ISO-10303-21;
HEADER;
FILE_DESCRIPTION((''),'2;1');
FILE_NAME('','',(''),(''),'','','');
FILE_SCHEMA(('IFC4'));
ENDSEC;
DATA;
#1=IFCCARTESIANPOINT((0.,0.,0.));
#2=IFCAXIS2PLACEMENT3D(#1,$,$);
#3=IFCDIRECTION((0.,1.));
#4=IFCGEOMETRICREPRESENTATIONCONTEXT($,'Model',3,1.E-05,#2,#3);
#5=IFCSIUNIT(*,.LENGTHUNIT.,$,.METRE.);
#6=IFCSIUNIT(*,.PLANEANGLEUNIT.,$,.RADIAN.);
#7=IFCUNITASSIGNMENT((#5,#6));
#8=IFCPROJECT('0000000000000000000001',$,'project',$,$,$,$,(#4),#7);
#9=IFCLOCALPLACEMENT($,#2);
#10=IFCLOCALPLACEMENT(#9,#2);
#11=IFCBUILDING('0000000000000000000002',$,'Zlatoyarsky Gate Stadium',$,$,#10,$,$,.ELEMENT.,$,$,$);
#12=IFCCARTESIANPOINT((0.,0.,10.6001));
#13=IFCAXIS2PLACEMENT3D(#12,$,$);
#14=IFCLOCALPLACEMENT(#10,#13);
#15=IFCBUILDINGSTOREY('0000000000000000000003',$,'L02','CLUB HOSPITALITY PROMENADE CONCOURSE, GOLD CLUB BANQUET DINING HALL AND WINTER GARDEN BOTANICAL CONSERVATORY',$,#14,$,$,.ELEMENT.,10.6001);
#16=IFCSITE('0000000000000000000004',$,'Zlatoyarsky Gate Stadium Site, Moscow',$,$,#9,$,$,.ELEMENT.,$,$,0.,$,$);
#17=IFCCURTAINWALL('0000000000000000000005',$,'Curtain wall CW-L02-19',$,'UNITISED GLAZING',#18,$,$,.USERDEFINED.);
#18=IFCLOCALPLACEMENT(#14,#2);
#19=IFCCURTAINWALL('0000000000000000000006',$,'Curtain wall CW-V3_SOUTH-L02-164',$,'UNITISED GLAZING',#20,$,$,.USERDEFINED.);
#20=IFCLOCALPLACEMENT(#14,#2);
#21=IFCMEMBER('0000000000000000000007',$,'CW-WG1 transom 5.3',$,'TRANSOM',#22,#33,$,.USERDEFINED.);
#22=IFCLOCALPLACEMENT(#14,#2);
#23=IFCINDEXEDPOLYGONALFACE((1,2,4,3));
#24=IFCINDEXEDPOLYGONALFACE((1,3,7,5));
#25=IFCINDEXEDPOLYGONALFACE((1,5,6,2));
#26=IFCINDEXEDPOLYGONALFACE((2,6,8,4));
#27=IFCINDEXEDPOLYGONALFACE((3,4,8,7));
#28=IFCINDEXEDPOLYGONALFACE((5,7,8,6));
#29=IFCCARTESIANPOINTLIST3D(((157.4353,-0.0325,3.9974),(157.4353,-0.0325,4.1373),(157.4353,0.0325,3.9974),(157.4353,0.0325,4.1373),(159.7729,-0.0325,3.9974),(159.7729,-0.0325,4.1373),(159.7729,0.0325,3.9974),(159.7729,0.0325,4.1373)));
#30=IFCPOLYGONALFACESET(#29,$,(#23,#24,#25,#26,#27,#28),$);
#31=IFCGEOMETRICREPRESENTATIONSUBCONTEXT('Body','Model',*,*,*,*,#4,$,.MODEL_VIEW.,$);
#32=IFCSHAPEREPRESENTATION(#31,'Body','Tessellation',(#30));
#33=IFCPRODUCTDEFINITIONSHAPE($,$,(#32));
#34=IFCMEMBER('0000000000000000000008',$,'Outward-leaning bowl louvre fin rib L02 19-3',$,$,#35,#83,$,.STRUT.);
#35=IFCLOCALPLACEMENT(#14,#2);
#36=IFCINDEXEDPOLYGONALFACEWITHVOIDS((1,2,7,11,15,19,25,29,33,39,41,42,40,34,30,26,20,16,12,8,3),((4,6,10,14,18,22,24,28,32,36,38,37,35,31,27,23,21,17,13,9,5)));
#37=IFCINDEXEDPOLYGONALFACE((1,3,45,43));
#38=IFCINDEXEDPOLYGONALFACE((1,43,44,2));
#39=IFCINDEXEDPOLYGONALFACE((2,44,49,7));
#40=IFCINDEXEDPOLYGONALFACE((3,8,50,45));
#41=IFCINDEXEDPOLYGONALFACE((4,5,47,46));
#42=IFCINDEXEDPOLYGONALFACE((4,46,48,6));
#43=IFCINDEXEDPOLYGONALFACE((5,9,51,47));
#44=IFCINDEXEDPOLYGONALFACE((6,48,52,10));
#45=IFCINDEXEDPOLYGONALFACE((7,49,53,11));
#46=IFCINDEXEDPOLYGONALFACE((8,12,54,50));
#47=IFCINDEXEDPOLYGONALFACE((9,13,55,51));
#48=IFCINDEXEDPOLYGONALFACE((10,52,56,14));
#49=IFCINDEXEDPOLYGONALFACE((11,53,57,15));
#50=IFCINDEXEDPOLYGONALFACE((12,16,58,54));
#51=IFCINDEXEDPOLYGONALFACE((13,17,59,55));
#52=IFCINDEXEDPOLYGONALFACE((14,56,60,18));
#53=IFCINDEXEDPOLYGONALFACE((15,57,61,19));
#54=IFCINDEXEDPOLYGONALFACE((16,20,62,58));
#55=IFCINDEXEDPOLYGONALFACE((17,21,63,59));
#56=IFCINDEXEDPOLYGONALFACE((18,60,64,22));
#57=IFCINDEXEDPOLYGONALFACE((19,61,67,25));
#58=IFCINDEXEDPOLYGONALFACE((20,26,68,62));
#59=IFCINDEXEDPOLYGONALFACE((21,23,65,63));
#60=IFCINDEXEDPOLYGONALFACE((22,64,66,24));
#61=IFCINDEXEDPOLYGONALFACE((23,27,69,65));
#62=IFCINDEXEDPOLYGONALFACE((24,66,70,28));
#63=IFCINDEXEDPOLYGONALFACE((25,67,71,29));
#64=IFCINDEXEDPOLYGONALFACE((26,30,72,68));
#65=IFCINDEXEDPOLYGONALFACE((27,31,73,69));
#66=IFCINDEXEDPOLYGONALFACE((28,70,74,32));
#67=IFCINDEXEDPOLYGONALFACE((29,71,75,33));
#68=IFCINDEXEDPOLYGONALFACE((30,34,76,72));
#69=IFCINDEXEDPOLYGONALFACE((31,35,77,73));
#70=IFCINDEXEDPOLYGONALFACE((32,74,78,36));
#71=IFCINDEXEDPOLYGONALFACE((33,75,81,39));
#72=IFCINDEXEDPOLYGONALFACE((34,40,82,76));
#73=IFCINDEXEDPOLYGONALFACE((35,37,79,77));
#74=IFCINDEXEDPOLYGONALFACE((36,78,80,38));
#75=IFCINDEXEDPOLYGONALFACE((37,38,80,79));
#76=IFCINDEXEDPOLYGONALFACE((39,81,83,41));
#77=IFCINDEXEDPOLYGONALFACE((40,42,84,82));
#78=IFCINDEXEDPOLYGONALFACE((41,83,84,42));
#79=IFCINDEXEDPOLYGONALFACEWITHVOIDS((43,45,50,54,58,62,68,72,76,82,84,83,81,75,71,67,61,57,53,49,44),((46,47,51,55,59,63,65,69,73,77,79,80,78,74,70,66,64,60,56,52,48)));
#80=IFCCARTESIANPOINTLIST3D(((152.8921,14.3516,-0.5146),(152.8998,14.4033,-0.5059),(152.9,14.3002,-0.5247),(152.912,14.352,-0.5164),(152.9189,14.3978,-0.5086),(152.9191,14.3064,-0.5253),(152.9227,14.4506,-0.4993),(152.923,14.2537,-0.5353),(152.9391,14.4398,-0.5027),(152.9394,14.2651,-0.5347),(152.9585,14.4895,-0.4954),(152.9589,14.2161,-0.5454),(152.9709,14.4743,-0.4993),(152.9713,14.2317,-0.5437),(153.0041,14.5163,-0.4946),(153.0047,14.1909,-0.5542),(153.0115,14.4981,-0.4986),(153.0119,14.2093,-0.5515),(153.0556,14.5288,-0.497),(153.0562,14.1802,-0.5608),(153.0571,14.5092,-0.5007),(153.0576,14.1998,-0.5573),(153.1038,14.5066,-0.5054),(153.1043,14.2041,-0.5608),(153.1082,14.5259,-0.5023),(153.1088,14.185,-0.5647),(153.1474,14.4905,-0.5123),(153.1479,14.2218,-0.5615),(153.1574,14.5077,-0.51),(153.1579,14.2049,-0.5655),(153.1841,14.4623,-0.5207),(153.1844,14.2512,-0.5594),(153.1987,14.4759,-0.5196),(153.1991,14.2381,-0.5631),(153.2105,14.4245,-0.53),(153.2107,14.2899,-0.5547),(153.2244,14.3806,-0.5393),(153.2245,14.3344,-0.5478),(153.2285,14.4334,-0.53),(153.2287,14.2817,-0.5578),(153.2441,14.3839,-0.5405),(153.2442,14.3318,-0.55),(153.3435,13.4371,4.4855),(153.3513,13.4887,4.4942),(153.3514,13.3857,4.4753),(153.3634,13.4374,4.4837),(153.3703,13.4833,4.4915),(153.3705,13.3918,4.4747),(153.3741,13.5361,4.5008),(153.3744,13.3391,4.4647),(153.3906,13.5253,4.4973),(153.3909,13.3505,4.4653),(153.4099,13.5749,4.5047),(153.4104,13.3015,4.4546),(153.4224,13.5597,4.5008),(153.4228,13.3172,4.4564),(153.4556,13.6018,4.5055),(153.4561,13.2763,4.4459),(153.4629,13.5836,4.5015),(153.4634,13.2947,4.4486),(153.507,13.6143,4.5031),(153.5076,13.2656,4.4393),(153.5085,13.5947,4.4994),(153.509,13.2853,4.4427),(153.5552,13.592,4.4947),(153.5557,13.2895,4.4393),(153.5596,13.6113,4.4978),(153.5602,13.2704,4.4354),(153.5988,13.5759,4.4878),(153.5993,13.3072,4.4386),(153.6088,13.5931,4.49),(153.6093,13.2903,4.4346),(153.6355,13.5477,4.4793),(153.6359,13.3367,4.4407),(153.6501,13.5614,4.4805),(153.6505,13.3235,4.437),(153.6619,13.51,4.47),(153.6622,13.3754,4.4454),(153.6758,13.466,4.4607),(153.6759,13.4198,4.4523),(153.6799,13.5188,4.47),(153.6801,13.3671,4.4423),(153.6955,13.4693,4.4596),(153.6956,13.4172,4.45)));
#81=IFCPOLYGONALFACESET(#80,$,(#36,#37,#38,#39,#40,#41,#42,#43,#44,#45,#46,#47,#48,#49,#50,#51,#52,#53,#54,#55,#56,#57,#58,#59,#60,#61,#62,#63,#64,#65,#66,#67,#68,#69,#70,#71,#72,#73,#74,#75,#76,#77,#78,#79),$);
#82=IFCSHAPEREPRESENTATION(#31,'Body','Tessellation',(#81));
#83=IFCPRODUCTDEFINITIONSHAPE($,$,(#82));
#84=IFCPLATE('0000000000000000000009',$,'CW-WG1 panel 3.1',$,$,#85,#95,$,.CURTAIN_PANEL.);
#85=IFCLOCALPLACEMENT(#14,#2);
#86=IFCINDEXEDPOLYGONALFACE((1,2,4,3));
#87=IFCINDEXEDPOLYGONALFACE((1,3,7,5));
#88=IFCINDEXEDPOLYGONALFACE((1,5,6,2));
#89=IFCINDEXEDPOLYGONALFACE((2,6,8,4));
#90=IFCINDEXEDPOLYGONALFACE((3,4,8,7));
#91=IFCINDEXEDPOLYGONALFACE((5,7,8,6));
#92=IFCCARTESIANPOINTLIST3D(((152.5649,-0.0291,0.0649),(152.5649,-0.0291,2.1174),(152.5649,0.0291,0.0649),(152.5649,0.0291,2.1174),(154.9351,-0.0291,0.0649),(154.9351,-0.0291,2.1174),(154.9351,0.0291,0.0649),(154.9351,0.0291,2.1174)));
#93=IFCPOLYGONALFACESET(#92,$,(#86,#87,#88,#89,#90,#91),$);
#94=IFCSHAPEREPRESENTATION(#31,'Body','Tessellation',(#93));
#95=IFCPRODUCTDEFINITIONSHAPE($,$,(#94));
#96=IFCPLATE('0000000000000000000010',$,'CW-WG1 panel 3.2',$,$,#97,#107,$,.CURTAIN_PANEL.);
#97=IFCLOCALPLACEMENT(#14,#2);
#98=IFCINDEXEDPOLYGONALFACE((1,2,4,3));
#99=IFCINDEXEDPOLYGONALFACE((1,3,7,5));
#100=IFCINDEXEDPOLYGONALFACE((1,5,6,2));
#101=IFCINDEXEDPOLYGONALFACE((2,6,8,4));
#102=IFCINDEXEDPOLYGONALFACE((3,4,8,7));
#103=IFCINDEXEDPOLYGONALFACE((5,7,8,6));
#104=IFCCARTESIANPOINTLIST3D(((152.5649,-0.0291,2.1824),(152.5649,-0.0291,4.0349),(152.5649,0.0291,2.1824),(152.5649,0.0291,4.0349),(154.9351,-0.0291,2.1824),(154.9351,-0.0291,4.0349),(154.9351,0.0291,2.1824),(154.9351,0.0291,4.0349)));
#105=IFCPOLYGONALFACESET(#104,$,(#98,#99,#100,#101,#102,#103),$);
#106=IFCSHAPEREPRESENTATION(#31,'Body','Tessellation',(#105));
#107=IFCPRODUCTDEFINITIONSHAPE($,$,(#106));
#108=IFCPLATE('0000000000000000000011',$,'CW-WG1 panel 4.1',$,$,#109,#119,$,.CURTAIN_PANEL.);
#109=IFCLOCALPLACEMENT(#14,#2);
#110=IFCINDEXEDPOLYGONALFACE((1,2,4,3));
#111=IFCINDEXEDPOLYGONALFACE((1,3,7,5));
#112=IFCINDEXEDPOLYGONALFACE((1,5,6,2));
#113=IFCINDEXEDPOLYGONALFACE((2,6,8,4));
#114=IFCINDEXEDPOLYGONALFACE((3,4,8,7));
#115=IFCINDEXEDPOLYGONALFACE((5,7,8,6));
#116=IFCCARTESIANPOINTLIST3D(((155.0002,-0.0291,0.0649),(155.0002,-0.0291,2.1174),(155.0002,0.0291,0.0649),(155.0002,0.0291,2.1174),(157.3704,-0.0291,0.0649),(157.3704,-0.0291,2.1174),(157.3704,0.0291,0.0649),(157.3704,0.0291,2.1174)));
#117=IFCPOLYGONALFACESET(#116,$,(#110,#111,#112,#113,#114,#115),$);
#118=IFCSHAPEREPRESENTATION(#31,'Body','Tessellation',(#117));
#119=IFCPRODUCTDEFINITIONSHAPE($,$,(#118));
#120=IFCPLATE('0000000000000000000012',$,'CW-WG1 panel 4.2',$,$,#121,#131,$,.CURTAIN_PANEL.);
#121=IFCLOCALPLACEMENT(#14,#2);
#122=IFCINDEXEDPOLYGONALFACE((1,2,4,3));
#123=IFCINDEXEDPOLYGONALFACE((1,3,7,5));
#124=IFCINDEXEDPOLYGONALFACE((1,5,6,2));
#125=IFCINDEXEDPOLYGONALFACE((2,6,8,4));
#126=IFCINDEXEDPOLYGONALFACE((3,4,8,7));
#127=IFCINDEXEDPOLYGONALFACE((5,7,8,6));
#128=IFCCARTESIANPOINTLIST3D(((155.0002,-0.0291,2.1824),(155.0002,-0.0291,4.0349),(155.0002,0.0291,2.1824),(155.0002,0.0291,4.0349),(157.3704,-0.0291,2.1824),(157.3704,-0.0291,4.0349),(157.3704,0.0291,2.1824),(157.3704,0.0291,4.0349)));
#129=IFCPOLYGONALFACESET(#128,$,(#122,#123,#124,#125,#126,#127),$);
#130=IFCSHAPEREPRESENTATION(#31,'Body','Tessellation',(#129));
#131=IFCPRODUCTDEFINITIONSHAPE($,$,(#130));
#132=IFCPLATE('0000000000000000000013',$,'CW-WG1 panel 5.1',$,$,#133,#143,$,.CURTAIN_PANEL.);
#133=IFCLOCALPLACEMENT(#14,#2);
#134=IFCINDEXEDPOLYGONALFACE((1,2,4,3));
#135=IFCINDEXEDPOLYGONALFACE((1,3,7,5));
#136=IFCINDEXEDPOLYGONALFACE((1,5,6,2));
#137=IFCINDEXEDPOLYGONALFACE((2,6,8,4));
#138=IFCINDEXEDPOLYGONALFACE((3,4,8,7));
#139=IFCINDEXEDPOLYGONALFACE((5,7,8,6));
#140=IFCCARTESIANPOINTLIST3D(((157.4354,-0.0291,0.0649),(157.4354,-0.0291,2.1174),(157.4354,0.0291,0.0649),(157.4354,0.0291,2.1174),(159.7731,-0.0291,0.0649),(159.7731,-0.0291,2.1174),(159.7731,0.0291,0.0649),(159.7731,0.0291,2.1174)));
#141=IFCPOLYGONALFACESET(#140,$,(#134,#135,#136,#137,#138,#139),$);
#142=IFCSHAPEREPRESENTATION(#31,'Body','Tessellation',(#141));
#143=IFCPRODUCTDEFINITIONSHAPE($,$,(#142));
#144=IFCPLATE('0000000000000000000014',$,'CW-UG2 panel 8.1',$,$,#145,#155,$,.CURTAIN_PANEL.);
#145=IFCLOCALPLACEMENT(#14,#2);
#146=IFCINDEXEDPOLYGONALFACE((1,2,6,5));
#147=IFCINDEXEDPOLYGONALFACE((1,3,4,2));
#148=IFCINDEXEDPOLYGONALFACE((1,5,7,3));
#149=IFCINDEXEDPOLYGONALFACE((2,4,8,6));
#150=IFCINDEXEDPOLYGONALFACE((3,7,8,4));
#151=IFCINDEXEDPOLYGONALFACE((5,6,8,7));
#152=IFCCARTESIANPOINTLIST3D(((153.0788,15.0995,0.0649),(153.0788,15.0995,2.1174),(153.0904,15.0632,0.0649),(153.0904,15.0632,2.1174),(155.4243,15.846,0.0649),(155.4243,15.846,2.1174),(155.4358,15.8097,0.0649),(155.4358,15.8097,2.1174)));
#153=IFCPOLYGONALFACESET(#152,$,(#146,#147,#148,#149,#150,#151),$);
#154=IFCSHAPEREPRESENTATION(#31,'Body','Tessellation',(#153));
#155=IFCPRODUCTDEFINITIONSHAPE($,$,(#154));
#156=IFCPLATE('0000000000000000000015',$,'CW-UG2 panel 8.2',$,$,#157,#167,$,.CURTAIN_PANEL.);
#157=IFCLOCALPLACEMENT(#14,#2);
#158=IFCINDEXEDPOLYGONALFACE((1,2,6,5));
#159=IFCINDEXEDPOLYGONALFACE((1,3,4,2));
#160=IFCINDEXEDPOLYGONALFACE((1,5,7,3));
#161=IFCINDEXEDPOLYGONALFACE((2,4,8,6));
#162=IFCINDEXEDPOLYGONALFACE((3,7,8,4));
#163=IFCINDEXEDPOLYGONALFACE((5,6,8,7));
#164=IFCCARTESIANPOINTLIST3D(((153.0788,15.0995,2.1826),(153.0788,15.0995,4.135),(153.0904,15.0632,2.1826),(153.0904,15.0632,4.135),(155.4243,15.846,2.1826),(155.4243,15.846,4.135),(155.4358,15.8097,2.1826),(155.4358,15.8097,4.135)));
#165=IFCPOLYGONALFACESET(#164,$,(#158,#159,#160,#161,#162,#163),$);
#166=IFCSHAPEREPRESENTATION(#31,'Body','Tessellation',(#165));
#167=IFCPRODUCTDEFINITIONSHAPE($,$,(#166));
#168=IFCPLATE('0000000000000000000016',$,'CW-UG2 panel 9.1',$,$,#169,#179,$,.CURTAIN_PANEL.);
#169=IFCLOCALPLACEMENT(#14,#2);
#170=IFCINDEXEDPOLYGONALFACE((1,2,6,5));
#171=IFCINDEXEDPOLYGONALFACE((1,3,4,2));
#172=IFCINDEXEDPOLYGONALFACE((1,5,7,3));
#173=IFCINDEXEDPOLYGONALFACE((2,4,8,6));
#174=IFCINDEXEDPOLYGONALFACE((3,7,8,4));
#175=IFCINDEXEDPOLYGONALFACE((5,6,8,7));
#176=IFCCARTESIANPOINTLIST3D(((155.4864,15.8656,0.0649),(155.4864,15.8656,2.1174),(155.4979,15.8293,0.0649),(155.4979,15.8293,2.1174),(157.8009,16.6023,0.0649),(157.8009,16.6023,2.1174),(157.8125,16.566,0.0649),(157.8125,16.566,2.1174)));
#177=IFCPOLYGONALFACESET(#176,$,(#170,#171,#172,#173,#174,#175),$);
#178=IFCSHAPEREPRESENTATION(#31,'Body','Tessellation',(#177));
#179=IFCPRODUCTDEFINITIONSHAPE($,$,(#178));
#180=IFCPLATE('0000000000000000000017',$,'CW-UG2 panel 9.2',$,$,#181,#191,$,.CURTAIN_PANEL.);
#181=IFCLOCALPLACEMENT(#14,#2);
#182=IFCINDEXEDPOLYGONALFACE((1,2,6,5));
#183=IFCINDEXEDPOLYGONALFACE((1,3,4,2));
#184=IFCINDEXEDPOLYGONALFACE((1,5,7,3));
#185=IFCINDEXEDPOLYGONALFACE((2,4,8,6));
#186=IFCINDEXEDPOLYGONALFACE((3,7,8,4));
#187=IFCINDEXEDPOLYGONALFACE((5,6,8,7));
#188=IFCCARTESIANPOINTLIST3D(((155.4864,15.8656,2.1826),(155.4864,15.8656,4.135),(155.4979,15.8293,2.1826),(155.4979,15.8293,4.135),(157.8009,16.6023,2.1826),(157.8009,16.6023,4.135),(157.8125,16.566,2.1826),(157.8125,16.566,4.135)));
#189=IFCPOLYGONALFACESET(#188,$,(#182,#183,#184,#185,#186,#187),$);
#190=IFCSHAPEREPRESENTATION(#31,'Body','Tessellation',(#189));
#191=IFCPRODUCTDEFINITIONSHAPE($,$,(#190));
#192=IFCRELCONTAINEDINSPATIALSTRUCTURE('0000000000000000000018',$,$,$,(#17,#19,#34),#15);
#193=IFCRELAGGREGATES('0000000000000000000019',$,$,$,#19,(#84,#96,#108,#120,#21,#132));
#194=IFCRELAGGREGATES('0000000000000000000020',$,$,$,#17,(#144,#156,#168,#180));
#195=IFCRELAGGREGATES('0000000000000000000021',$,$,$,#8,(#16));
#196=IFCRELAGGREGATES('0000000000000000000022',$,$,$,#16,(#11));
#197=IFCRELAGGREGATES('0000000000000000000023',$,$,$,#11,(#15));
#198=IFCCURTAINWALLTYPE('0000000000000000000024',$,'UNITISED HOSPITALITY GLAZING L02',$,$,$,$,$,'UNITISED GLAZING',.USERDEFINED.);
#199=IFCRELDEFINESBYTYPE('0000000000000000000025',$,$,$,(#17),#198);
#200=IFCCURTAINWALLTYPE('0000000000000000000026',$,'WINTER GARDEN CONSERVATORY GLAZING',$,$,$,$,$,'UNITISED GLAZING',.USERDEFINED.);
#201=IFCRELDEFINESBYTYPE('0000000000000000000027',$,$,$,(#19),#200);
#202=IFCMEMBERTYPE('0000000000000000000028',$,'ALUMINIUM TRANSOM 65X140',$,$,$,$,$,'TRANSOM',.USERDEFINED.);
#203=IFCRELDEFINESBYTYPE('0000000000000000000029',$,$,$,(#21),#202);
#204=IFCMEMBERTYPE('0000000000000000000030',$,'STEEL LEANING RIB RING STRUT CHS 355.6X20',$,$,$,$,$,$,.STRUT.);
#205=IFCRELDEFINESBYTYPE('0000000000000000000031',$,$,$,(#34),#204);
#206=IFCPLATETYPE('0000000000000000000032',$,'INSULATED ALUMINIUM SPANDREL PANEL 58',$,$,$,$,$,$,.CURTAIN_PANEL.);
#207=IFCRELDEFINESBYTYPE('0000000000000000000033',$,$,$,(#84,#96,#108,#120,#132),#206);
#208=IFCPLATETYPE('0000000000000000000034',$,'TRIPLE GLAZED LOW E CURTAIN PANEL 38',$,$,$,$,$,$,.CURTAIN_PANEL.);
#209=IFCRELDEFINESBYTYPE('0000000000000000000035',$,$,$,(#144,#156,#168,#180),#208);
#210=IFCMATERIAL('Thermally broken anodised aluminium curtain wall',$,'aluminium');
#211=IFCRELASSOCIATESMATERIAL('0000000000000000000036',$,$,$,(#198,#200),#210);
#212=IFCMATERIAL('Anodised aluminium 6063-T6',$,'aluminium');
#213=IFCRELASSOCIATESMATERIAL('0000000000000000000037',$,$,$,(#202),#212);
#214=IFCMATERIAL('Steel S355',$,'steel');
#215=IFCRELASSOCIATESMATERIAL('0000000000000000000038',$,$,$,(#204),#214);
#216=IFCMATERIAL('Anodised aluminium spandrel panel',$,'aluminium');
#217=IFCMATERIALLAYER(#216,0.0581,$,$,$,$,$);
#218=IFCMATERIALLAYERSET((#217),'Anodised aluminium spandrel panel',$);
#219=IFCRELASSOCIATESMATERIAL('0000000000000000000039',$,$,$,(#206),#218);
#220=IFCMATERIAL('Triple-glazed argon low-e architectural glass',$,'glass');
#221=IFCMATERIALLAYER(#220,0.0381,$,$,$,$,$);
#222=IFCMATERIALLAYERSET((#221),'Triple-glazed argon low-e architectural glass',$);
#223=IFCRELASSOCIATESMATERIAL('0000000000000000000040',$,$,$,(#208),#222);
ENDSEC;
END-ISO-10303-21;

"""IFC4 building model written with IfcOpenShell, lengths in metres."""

from ifc_helpers import new_model, si_unit, direction, frame, origin, origin_2d, place, context, subcontext, project, spatial, rectangle, hollow_circle, extrude, material, layer, layer_set, material_profile, profile_set, type_object, element, aggregate, save


model = new_model("IFC4")

# Units and contexts
model_context = context("Model", 3, precision=1e-05, world=origin(), true_north=direction((0.0, 1.0)))
body_context = subcontext(model_context, "Body", "Model", "MODEL_VIEW")
ifc_project = project(units=[si_unit("LENGTHUNIT", "METRE"), si_unit("PLANEANGLEUNIT", "RADIAN")], contexts=[model_context])

# Site, building, storey
site_placement = place(None, origin())
site = spatial("IfcSite", under=ifc_project, at=site_placement, Name="Zlatoyarsky Gate Stadium Site, Moscow", CompositionType="ELEMENT", RefElevation=0.0)
building_placement = place(site_placement, origin())
building = spatial("IfcBuilding", under=site, at=building_placement, Name="Zlatoyarsky Gate Stadium", CompositionType="ELEMENT")
storey_placement = place(building_placement, frame((0.0, 0.0, 10.6001)))
storey = spatial("IfcBuildingStorey", under=building, at=storey_placement, Name="L02", Description="CLUB HOSPITALITY PROMENADE CONCOURSE, GOLD CLUB BANQUET DINING HALL AND WINTER GARDEN BOTANICAL CONSERVATORY", CompositionType="ELEMENT", Elevation=10.6001)

# Curtain wall
ifc_material_1 = material(Name="Thermally broken anodised aluminium curtain wall", Category="aluminium")
curtain_wall_type_1 = type_object("IfcCurtainWallType", Name="UNITISED HOSPITALITY GLAZING L02", ElementType="UNITISED GLAZING", PredefinedType="USERDEFINED", material=ifc_material_1)
curtain_wall_1_placement = place(storey_placement, origin())
curtain_wall_1 = element("IfcCurtainWall", 1, at=curtain_wall_1_placement, inside=storey, type_object=curtain_wall_type_1, Name="Curtain wall CW-L02-19", ObjectType="UNITISED GLAZING", PredefinedType="USERDEFINED")
ifc_material_2 = material(Name="Anodised aluminium 6063-T6", Category="aluminium")

# Curtain wall
curtain_wall_type_2 = type_object("IfcCurtainWallType", Name="WINTER GARDEN CONSERVATORY GLAZING", ElementType="UNITISED GLAZING", PredefinedType="USERDEFINED", material=ifc_material_1)
curtain_wall_2_placement = place(storey_placement, origin())
curtain_wall_2 = element("IfcCurtainWall", 2, at=curtain_wall_2_placement, inside=storey, type_object=curtain_wall_type_2, Name="Curtain wall CW-V3_SOUTH-L02-164", ObjectType="UNITISED GLAZING", PredefinedType="USERDEFINED")

# Members
ifc_material_profile_1 = material_profile(ifc_material_2, rectangle(XDim=0.0649, YDim=0.1399, at=origin_2d()), Name="ALU 65X140")
ifc_profile_set_1 = profile_set([ifc_material_profile_1], Name="Anodised aluminium 6063-T6")
member_type_1 = type_object("IfcMemberType", Name="ALUMINIUM TRANSOM 65X140", ElementType="TRANSOM", PredefinedType="USERDEFINED", material=ifc_profile_set_1)
member_1_placement = place(storey_placement, frame((157.4353, 0.0, 4.0674), z_axis=(1.0, 0.0, 0.0), x_axis=(0.0, 1.0, 0.0)))
member_1 = element("IfcMember", 3, at=member_1_placement, type_object=member_type_1, Name="CW-WG1 transom 5.3", ObjectType="TRANSOM", PredefinedType="USERDEFINED", context=body_context, shape_type="SweptSolid", body=[
    extrude(rectangle(XDim=0.0649, YDim=0.1399, at=origin_2d()), origin(), (0.0, 0.0, 1.0), 2.3376),
])
ifc_material_3 = material(Name="Steel S355", Category="steel")
ifc_material_profile_2 = material_profile(ifc_material_3, hollow_circle(Radius=0.1777, WallThickness=0.02, at=origin_2d()), Name="CHS 355.6X20")
ifc_profile_set_2 = profile_set([ifc_material_profile_2], Name="Steel S355")
member_type_2 = type_object("IfcMemberType", Name="STEEL LEANING RIB RING STRUT CHS 355.6X20", PredefinedType="STRUT", material=ifc_profile_set_2)
member_2_placement = place(storey_placement, frame((153.0691, 14.3547, -0.53), z_axis=(0.088462, -0.17922, 0.979824), x_axis=(0.896713, 0.442612, 0.0)))
element("IfcMember", 4, at=member_2_placement, inside=storey, type_object=member_type_2, Name="Outward-leaning bowl louvre fin rib L02 19-3", PredefinedType="STRUT", context=body_context, shape_type="SweptSolid", body=[
    extrude(hollow_circle(Radius=0.1777, WallThickness=0.02, at=origin_2d()), origin(), (0.0, 0.0, 1.0), 5.103),
])

# Plates
ifc_material_4 = material(Name="Anodised aluminium spandrel panel", Category="aluminium")
ifc_layer_1 = layer(ifc_material_4, 0.0581)
ifc_layer_set_1 = layer_set([ifc_layer_1], Name="Anodised aluminium spandrel panel")
plate_type_1 = type_object("IfcPlateType", Name="INSULATED ALUMINIUM SPANDREL PANEL 58", PredefinedType="CURTAIN_PANEL", material=ifc_layer_set_1)
plate_1_placement = place(storey_placement, frame((153.75, 0.0, 0.0649), z_axis=(0.0, 0.0, 1.0), x_axis=(1.0, 0.0, 0.0)))
plate_1 = element("IfcPlate", 5, at=plate_1_placement, type_object=plate_type_1, Name="CW-WG1 panel 3.1", PredefinedType="CURTAIN_PANEL", context=body_context, shape_type="SweptSolid", body=[
    extrude(rectangle(XDim=2.3701, YDim=0.0581, at=origin_2d()), origin(), (0.0, 0.0, 1.0), 2.0525),
])
plate_2_placement = place(storey_placement, frame((153.75, 0.0, 2.1824), z_axis=(0.0, 0.0, 1.0), x_axis=(1.0, 0.0, 0.0)))
plate_2 = element("IfcPlate", 6, at=plate_2_placement, type_object=plate_type_1, Name="CW-WG1 panel 3.2", PredefinedType="CURTAIN_PANEL", context=body_context, shape_type="SweptSolid", body=[
    extrude(rectangle(XDim=2.3701, YDim=0.0581, at=origin_2d()), origin(), (0.0, 0.0, 1.0), 1.8525),
])
plate_3_placement = place(storey_placement, frame((156.1853, 0.0, 0.0649), z_axis=(0.0, 0.0, 1.0), x_axis=(1.0, 0.0, 0.0)))
plate_3 = element("IfcPlate", 7, at=plate_3_placement, type_object=plate_type_1, Name="CW-WG1 panel 4.1", PredefinedType="CURTAIN_PANEL", context=body_context, shape_type="SweptSolid", body=[
    extrude(rectangle(XDim=2.3701, YDim=0.0581, at=origin_2d()), origin(), (0.0, 0.0, 1.0), 2.0525),
])
plate_4_placement = place(storey_placement, frame((156.1853, 0.0, 2.1824), z_axis=(0.0, 0.0, 1.0), x_axis=(1.0, 0.0, 0.0)))
plate_4 = element("IfcPlate", 8, at=plate_4_placement, type_object=plate_type_1, Name="CW-WG1 panel 4.2", PredefinedType="CURTAIN_PANEL", context=body_context, shape_type="SweptSolid", body=[
    extrude(rectangle(XDim=2.3701, YDim=0.0581, at=origin_2d()), origin(), (0.0, 0.0, 1.0), 1.8525),
])
plate_5_placement = place(storey_placement, frame((158.6042, 0.0, 0.0649), z_axis=(0.0, 0.0, 1.0), x_axis=(1.0, 0.0, 0.0)))
plate_5 = element("IfcPlate", 9, at=plate_5_placement, type_object=plate_type_1, Name="CW-WG1 panel 5.1", PredefinedType="CURTAIN_PANEL", context=body_context, shape_type="SweptSolid", body=[
    extrude(rectangle(XDim=2.3376, YDim=0.0581, at=origin_2d()), origin(), (0.0, 0.0, 1.0), 2.0525),
])
aggregate(curtain_wall_2, [plate_1, plate_2, plate_3, plate_4, member_1, plate_5])
ifc_material_5 = material(Name="Triple-glazed argon low-e architectural glass", Category="glass")
ifc_layer_2 = layer(ifc_material_5, 0.0381)
ifc_layer_set_2 = layer_set([ifc_layer_2], Name="Triple-glazed argon low-e architectural glass")
plate_type_2 = type_object("IfcPlateType", Name="TRIPLE GLAZED LOW E CURTAIN PANEL 38", PredefinedType="CURTAIN_PANEL", material=ifc_layer_set_2)
plate_6_placement = place(storey_placement, frame((154.2573, 15.4546, 0.0649), z_axis=(0.0, 0.0, 1.0), x_axis=(0.952902, 0.303278, 0.0)))
plate_6 = element("IfcPlate", 10, at=plate_6_placement, type_object=plate_type_2, Name="CW-UG2 panel 8.1", PredefinedType="CURTAIN_PANEL", context=body_context, shape_type="SweptSolid", body=[
    extrude(rectangle(XDim=2.4614, YDim=0.0381, at=origin_2d()), origin(), (0.0, 0.0, 1.0), 2.0525),
])
plate_7_placement = place(storey_placement, frame((154.2573, 15.4546, 2.1826), z_axis=(0.0, 0.0, 1.0), x_axis=(0.952902, 0.303278, 0.0)))
plate_7 = element("IfcPlate", 11, at=plate_7_placement, type_object=plate_type_2, Name="CW-UG2 panel 8.2", PredefinedType="CURTAIN_PANEL", context=body_context, shape_type="SweptSolid", body=[
    extrude(rectangle(XDim=2.4614, YDim=0.0381, at=origin_2d()), origin(), (0.0, 0.0, 1.0), 1.9524),
])
plate_8_placement = place(storey_placement, frame((156.6494, 16.2158, 0.0649), z_axis=(0.0, 0.0, 1.0), x_axis=(0.952902, 0.303278, 0.0)))
plate_8 = element("IfcPlate", 12, at=plate_8_placement, type_object=plate_type_2, Name="CW-UG2 panel 9.1", PredefinedType="CURTAIN_PANEL", context=body_context, shape_type="SweptSolid", body=[
    extrude(rectangle(XDim=2.429, YDim=0.0381, at=origin_2d()), origin(), (0.0, 0.0, 1.0), 2.0525),
])
plate_9_placement = place(storey_placement, frame((156.6494, 16.2158, 2.1826), z_axis=(0.0, 0.0, 1.0), x_axis=(0.952902, 0.303278, 0.0)))
plate_9 = element("IfcPlate", 13, at=plate_9_placement, type_object=plate_type_2, Name="CW-UG2 panel 9.2", PredefinedType="CURTAIN_PANEL", context=body_context, shape_type="SweptSolid", body=[
    extrude(rectangle(XDim=2.429, YDim=0.0381, at=origin_2d()), origin(), (0.0, 0.0, 1.0), 1.9524),
])
aggregate(curtain_wall_1, [plate_6, plate_7, plate_8, plate_9])

save(model, "model.ifc")
